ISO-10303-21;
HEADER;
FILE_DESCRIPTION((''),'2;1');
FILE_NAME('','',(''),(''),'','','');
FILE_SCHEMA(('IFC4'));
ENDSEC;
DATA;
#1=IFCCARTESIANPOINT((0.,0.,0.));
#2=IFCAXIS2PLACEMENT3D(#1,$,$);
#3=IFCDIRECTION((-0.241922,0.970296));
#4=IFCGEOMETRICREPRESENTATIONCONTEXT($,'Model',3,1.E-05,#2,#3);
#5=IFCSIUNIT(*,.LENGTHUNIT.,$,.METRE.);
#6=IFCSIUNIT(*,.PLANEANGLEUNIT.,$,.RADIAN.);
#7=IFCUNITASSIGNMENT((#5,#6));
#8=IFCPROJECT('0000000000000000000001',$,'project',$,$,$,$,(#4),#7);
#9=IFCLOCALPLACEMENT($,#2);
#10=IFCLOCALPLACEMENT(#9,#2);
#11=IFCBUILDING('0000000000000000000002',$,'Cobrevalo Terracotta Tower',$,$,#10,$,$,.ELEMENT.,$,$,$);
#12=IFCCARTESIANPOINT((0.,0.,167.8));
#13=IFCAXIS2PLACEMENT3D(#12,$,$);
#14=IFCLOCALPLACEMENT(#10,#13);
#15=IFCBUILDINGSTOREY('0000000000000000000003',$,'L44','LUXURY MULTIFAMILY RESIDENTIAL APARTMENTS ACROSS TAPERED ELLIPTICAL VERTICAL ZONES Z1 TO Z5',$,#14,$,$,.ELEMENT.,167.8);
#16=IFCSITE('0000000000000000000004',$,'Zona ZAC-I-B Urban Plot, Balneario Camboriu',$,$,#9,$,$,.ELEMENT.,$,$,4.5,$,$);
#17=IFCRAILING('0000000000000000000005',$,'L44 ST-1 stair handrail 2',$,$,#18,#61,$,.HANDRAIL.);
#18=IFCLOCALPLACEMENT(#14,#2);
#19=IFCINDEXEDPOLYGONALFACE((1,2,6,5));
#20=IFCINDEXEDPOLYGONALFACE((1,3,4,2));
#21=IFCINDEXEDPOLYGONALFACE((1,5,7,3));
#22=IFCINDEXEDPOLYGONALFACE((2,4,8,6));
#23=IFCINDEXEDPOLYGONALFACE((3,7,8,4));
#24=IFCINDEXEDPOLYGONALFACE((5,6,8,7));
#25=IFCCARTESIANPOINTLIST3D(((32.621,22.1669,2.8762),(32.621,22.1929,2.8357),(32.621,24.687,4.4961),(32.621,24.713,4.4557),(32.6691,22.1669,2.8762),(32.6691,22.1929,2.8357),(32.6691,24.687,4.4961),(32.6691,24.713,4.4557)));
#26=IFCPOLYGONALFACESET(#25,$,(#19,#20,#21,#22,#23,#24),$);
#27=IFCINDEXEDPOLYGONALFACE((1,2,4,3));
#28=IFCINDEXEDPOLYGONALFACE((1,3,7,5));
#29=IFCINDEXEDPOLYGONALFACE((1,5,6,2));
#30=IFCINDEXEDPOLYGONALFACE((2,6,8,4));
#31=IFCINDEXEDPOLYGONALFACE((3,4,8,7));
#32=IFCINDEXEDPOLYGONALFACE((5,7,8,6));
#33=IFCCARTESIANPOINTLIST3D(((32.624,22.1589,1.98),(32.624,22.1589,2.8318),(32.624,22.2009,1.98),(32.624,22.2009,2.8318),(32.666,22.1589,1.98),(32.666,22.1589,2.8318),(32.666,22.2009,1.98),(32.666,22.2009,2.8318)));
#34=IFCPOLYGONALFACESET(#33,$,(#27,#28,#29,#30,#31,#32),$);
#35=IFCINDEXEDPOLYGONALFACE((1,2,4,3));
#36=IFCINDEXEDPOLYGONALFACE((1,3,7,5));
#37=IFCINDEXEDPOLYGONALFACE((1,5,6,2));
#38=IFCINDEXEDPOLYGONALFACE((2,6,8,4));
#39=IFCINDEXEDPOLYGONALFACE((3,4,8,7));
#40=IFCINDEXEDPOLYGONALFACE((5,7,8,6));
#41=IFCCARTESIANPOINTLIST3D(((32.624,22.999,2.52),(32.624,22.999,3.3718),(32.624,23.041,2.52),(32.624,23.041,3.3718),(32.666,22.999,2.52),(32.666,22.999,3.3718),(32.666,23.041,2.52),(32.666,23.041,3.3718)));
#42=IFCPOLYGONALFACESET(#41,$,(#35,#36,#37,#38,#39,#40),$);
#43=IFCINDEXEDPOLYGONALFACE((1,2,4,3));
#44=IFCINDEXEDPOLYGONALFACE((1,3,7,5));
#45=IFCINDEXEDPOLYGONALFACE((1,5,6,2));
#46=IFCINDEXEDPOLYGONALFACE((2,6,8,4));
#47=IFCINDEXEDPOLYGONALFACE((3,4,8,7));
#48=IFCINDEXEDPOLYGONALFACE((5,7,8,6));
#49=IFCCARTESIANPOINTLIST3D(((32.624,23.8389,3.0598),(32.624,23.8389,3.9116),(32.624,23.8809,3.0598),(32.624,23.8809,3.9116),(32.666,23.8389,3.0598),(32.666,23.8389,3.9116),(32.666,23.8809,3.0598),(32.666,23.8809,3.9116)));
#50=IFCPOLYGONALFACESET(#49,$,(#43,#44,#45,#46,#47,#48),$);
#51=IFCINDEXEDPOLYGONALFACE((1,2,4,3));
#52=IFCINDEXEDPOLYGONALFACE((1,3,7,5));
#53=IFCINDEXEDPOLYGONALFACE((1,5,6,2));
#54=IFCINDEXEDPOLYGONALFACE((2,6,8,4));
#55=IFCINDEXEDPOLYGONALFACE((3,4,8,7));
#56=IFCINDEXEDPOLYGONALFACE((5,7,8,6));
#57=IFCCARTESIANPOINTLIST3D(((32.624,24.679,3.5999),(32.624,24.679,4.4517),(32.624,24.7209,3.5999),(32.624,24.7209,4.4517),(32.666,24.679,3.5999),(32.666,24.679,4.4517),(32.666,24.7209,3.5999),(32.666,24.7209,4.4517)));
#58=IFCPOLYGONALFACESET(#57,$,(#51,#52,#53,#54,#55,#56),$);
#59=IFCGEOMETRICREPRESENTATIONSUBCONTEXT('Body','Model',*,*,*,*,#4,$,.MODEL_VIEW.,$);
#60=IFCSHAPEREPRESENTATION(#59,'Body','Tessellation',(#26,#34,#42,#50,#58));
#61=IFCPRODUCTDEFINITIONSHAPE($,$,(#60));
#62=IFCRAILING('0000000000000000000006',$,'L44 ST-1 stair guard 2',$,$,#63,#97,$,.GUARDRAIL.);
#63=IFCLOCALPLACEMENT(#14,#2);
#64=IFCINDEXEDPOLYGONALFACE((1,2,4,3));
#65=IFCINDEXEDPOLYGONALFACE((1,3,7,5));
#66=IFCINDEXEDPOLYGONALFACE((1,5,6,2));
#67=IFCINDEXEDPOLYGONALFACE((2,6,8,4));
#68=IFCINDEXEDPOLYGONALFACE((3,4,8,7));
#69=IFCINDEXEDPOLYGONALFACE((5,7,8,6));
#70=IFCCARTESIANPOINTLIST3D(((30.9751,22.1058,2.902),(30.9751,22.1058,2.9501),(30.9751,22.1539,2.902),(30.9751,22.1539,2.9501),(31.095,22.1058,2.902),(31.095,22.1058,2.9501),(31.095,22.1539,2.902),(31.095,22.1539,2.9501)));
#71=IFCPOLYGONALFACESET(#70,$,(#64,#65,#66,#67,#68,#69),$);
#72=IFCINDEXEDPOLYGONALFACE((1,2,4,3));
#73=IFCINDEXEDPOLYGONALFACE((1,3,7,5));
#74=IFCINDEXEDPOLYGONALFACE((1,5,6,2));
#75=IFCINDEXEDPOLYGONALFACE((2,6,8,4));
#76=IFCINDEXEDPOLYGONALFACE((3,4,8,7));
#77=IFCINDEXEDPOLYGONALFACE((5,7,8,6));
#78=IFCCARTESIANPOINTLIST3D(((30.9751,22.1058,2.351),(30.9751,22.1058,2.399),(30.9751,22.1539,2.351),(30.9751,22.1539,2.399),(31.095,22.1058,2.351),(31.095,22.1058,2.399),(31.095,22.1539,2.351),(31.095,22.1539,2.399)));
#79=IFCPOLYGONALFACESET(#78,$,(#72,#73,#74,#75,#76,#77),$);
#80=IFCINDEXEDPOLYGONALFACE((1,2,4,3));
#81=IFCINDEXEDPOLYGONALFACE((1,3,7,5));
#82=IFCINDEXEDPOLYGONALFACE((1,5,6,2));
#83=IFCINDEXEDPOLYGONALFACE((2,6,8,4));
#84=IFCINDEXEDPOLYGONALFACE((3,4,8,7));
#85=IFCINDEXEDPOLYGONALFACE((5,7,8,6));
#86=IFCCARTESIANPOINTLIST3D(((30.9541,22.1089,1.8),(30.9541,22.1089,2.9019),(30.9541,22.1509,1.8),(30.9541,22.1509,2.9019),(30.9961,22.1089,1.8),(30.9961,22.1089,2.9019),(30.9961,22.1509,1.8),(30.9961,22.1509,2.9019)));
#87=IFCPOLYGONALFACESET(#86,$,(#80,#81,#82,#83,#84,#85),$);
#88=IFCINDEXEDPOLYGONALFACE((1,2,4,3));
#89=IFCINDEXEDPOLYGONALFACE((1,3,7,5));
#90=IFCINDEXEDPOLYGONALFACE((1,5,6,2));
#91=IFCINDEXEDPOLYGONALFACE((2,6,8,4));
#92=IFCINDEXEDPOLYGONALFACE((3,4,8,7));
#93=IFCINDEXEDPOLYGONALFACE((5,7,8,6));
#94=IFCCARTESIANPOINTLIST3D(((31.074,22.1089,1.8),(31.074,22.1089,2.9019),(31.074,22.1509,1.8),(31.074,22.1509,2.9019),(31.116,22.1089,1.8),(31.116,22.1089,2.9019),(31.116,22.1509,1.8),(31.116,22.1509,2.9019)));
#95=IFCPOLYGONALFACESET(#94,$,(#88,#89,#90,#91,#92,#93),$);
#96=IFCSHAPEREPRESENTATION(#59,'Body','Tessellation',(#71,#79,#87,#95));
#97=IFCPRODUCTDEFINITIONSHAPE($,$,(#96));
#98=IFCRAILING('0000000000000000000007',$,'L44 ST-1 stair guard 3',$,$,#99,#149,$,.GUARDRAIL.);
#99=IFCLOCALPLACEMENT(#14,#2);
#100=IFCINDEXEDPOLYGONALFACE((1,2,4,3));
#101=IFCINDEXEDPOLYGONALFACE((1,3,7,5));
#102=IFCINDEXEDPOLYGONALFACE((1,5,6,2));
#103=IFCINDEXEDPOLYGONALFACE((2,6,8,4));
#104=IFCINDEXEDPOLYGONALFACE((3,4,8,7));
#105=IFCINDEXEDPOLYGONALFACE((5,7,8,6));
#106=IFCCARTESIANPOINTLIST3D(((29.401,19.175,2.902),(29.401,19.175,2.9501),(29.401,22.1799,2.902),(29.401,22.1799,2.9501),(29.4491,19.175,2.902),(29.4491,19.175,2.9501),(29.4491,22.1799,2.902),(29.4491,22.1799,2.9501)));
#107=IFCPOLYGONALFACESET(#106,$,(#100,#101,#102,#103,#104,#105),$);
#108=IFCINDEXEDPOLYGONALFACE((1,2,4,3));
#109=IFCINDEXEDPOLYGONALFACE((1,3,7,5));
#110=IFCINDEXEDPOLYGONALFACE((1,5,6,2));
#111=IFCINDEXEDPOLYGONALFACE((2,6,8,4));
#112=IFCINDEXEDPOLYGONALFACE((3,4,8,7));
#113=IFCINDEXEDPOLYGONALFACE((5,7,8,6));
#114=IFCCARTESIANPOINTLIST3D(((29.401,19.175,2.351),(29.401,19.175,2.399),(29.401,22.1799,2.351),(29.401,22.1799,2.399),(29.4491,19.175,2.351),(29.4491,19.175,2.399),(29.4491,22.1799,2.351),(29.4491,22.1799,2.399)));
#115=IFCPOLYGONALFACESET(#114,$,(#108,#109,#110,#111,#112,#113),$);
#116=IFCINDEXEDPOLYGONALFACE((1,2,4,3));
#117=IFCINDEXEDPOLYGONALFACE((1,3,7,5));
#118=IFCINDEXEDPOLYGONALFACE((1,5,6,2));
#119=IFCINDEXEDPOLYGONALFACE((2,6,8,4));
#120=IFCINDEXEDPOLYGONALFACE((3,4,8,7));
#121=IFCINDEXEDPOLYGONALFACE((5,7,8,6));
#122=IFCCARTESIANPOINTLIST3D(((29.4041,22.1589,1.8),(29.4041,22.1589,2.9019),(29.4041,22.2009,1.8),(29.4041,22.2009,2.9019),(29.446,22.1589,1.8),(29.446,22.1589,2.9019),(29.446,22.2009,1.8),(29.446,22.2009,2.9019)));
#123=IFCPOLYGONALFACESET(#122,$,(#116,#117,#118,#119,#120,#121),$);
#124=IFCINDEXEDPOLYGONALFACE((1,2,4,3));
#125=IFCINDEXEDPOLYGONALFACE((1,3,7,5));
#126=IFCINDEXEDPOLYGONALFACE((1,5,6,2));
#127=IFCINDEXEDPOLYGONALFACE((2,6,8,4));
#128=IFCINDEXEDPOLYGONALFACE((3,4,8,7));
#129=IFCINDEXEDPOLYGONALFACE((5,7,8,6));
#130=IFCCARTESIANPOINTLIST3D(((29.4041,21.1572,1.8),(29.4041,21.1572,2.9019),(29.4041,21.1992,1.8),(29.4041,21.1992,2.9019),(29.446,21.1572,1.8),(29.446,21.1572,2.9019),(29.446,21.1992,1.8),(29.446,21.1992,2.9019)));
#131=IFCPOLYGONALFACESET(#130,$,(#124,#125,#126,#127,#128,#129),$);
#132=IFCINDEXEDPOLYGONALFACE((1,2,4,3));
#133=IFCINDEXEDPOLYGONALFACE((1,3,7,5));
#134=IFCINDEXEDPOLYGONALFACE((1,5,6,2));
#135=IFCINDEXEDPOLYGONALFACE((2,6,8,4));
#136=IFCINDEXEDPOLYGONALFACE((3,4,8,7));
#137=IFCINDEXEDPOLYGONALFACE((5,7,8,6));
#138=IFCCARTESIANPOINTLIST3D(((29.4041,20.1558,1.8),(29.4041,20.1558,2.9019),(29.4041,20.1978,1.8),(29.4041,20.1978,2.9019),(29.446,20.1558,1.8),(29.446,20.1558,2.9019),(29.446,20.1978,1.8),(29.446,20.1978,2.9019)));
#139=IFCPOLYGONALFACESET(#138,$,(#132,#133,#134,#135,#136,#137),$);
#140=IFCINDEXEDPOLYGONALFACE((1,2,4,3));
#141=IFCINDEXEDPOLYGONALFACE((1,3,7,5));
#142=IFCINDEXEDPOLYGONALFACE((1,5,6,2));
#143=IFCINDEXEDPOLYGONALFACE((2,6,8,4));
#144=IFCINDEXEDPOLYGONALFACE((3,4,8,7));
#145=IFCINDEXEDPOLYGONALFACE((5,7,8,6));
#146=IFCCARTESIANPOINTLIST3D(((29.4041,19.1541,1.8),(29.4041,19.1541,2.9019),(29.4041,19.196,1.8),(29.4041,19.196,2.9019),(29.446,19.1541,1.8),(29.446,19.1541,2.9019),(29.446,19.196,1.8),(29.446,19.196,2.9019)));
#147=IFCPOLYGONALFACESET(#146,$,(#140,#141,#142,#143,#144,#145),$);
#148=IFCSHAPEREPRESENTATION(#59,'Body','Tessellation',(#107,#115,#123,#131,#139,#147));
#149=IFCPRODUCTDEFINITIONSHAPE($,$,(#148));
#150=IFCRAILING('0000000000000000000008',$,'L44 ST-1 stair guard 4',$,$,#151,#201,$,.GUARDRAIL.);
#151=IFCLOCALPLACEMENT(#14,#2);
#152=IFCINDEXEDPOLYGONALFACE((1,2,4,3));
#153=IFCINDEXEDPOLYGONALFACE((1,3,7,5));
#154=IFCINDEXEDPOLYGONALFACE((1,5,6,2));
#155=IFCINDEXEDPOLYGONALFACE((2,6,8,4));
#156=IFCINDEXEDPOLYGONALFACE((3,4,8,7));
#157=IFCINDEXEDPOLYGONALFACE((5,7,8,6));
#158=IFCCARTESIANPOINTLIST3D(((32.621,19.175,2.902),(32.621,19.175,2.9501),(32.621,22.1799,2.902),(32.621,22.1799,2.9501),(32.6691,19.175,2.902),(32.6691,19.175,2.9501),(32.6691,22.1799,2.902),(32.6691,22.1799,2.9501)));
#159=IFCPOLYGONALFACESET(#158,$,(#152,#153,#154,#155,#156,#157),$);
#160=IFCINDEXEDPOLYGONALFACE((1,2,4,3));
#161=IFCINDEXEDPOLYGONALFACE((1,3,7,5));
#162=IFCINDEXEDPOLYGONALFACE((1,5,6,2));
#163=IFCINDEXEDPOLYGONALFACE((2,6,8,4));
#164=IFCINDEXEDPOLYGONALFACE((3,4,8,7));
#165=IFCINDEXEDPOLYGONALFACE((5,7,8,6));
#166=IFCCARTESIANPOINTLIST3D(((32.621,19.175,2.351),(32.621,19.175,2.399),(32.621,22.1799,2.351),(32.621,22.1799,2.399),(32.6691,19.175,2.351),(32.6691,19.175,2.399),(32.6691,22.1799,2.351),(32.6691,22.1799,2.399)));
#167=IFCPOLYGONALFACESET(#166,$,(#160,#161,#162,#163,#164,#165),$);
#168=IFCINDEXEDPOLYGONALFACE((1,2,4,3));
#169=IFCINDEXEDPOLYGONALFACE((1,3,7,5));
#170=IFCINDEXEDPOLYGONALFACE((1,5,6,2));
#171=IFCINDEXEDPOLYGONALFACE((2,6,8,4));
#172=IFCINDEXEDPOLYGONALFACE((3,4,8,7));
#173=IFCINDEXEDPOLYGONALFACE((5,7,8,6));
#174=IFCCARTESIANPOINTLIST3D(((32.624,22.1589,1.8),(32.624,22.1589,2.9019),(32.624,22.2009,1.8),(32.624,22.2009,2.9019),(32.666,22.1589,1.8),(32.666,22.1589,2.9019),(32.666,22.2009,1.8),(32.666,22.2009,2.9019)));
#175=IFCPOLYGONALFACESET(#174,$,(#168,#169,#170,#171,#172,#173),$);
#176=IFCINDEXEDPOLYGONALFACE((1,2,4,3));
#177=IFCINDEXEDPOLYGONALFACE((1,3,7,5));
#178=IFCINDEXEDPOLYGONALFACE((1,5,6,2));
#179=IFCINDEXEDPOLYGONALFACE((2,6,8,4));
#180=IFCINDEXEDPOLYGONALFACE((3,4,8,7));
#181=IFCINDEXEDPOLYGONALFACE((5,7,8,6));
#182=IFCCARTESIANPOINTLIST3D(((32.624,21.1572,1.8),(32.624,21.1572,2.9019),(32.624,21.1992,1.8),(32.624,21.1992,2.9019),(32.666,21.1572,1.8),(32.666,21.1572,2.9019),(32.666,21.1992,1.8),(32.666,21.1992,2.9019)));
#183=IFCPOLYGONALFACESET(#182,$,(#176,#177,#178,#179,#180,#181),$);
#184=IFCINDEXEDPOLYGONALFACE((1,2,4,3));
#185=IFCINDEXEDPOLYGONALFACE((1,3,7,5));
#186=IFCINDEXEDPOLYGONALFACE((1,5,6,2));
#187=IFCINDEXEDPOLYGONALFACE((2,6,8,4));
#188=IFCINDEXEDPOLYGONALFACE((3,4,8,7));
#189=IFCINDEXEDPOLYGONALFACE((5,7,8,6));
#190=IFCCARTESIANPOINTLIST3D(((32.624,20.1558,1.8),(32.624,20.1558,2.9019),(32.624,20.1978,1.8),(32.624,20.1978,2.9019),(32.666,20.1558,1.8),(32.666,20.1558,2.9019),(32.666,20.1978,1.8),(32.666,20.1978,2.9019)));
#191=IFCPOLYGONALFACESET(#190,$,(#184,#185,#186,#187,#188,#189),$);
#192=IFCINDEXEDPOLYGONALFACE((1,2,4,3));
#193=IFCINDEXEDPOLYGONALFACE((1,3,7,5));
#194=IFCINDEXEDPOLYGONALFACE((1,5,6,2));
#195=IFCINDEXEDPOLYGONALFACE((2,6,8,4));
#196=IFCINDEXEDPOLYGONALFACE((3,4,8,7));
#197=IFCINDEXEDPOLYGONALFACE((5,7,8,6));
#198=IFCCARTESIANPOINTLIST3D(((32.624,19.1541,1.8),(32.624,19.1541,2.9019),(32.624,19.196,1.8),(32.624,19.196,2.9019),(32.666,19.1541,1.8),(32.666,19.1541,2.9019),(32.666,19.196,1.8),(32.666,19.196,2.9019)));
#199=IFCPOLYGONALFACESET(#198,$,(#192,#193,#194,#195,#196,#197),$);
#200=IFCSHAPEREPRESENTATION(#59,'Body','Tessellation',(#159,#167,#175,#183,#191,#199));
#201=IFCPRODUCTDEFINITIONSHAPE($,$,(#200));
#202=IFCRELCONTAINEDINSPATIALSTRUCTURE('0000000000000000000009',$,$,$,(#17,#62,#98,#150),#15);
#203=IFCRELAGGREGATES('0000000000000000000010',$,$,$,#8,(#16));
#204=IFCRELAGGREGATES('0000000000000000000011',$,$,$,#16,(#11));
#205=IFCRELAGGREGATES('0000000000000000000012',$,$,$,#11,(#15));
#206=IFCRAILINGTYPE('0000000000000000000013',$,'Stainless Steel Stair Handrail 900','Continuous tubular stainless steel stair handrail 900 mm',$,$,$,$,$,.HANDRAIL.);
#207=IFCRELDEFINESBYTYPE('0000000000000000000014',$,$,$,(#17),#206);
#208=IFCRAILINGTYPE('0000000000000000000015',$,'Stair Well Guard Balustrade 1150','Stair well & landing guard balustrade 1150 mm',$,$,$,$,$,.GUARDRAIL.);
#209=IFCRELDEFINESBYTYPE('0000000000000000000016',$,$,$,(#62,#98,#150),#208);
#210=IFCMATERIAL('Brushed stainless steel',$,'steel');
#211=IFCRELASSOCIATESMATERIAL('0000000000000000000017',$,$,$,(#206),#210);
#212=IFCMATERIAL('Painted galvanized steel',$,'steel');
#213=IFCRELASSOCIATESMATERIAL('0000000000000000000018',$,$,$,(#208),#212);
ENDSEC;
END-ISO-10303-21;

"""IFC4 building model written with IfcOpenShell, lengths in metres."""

from ifc_helpers import new_model, si_unit, direction, frame, origin, origin_2d, place, context, subcontext, project, spatial, rectangle, extrude, material, type_object, element, save


model = new_model("IFC4")

# Units and contexts
model_context = context("Model", 3, precision=1e-05, world=origin(), true_north=direction((-0.241922, 0.970296)))
body_context = subcontext(model_context, "Body", "Model", "MODEL_VIEW")
ifc_project = project(units=[si_unit("LENGTHUNIT", "METRE"), si_unit("PLANEANGLEUNIT", "RADIAN")], contexts=[model_context])

# Site, building, storey
site_placement = place(None, origin())
site = spatial("IfcSite", under=ifc_project, at=site_placement, Name="Zona ZAC-I-B Urban Plot, Balneario Camboriu", CompositionType="ELEMENT", RefElevation=4.5)
building_placement = place(site_placement, origin())
building = spatial("IfcBuilding", under=site, at=building_placement, Name="Cobrevalo Terracotta Tower", CompositionType="ELEMENT")
storey_placement = place(building_placement, frame((0.0, 0.0, 167.8)))
storey = spatial("IfcBuildingStorey", under=building, at=storey_placement, Name="L44", Description="LUXURY MULTIFAMILY RESIDENTIAL APARTMENTS ACROSS TAPERED ELLIPTICAL VERTICAL ZONES Z1 TO Z5", CompositionType="ELEMENT", Elevation=167.8)

# Railings
ifc_material_1 = material(Name="Brushed stainless steel", Category="steel")
railing_type_1 = type_object("IfcRailingType", Name="Stainless Steel Stair Handrail 900", Description="Continuous tubular stainless steel stair handrail 900 mm", PredefinedType="HANDRAIL", material=ifc_material_1)
railing_1_placement = place(storey_placement, frame((32.645, 22.1799, 1.98)))
element("IfcRailing", 1, at=railing_1_placement, inside=storey, type_object=railing_type_1, Name="L44 ST-1 stair handrail 2", PredefinedType="HANDRAIL", context=body_context, shape_type="SweptSolid", body=[
    extrude(rectangle(XDim=0.0481, YDim=0.0481, at=origin_2d()), frame((0.0, 0.0, 0.876), z_axis=(0.0, 0.8412, 0.540725), x_axis=(-1.0, 0.0, 0.0)), (0.0, 0.0, 1.0), 2.9958),
    extrude(rectangle(XDim=0.042, YDim=0.042, at=origin_2d()), origin(), (0.0, 0.0, 1.0), 0.8518),
    extrude(rectangle(XDim=0.042, YDim=0.042, at=origin_2d()), frame((0.0, 0.8401, 0.54)), (0.0, 0.0, 1.0), 0.8518),
    extrude(rectangle(XDim=0.042, YDim=0.042, at=origin_2d()), frame((0.0, 1.6799, 1.0798)), (0.0, 0.0, 1.0), 0.8518),
    extrude(rectangle(XDim=0.042, YDim=0.042, at=origin_2d()), frame((0.0, 2.52, 1.6199)), (0.0, 0.0, 1.0), 0.8518),
])
ifc_material_2 = material(Name="Painted galvanized steel", Category="steel")
railing_type_2 = type_object("IfcRailingType", Name="Stair Well Guard Balustrade 1150", Description="Stair well & landing guard balustrade 1150 mm", PredefinedType="GUARDRAIL", material=ifc_material_2)
railing_2_placement = place(storey_placement, frame((30.9751, 22.1299, 1.8)))
element("IfcRailing", 2, at=railing_2_placement, inside=storey, type_object=railing_type_2, Name="L44 ST-1 stair guard 2", PredefinedType="GUARDRAIL", context=body_context, shape_type="SweptSolid", body=[
    extrude(rectangle(XDim=0.0481, YDim=0.0481, at=origin_2d()), frame((0.0, 0.0, 1.126), z_axis=(1.0, 0.0, 0.0), x_axis=(0.0, 1.0, 0.0)), (0.0, 0.0, 1.0), 0.1199),
    extrude(rectangle(XDim=0.0481, YDim=0.0481, at=origin_2d()), frame((0.0, 0.0, 0.575), z_axis=(1.0, 0.0, 0.0), x_axis=(0.0, 1.0, 0.0)), (0.0, 0.0, 1.0), 0.1199),
    extrude(rectangle(XDim=0.042, YDim=0.042, at=origin_2d()), origin(), (0.0, 0.0, 1.0), 1.1018),
    extrude(rectangle(XDim=0.042, YDim=0.042, at=origin_2d()), frame((0.1199, 0.0, 0.0)), (0.0, 0.0, 1.0), 1.1018),
])
for number, where, name in (
    (3, (29.425, 22.1799, 1.8), "L44 ST-1 stair guard 3"),
    (4, (32.645, 22.1799, 1.8), "L44 ST-1 stair guard 4"),
):
    element("IfcRailing", number, at=place(storey_placement, frame(where)), inside=storey, type_object=railing_type_2, Name=name, PredefinedType="GUARDRAIL", context=body_context, shape_type="SweptSolid", body=[
        extrude(rectangle(XDim=0.0481, YDim=0.0481, at=origin_2d()), frame((0.0, 0.0, 1.126), z_axis=(0.0, -1.0, 0.0), x_axis=(1.0, 0.0, 0.0)), (0.0, 0.0, 1.0), 3.0049),
        extrude(rectangle(XDim=0.0481, YDim=0.0481, at=origin_2d()), frame((0.0, 0.0, 0.575), z_axis=(0.0, -1.0, 0.0), x_axis=(1.0, 0.0, 0.0)), (0.0, 0.0, 1.0), 3.0049),
        extrude(rectangle(XDim=0.042, YDim=0.042, at=origin_2d()), origin(), (0.0, 0.0, 1.0), 1.1018),
        extrude(rectangle(XDim=0.042, YDim=0.042, at=origin_2d()), frame((0.0, -1.0017, 0.0)), (0.0, 0.0, 1.0), 1.1018),
        extrude(rectangle(XDim=0.042, YDim=0.042, at=origin_2d()), frame((0.0, -2.0032, 0.0)), (0.0, 0.0, 1.0), 1.1018),
        extrude(rectangle(XDim=0.042, YDim=0.042, at=origin_2d()), frame((0.0, -3.0049, 0.0)), (0.0, 0.0, 1.0), 1.1018),
    ])

save(model, "model.ifc")
